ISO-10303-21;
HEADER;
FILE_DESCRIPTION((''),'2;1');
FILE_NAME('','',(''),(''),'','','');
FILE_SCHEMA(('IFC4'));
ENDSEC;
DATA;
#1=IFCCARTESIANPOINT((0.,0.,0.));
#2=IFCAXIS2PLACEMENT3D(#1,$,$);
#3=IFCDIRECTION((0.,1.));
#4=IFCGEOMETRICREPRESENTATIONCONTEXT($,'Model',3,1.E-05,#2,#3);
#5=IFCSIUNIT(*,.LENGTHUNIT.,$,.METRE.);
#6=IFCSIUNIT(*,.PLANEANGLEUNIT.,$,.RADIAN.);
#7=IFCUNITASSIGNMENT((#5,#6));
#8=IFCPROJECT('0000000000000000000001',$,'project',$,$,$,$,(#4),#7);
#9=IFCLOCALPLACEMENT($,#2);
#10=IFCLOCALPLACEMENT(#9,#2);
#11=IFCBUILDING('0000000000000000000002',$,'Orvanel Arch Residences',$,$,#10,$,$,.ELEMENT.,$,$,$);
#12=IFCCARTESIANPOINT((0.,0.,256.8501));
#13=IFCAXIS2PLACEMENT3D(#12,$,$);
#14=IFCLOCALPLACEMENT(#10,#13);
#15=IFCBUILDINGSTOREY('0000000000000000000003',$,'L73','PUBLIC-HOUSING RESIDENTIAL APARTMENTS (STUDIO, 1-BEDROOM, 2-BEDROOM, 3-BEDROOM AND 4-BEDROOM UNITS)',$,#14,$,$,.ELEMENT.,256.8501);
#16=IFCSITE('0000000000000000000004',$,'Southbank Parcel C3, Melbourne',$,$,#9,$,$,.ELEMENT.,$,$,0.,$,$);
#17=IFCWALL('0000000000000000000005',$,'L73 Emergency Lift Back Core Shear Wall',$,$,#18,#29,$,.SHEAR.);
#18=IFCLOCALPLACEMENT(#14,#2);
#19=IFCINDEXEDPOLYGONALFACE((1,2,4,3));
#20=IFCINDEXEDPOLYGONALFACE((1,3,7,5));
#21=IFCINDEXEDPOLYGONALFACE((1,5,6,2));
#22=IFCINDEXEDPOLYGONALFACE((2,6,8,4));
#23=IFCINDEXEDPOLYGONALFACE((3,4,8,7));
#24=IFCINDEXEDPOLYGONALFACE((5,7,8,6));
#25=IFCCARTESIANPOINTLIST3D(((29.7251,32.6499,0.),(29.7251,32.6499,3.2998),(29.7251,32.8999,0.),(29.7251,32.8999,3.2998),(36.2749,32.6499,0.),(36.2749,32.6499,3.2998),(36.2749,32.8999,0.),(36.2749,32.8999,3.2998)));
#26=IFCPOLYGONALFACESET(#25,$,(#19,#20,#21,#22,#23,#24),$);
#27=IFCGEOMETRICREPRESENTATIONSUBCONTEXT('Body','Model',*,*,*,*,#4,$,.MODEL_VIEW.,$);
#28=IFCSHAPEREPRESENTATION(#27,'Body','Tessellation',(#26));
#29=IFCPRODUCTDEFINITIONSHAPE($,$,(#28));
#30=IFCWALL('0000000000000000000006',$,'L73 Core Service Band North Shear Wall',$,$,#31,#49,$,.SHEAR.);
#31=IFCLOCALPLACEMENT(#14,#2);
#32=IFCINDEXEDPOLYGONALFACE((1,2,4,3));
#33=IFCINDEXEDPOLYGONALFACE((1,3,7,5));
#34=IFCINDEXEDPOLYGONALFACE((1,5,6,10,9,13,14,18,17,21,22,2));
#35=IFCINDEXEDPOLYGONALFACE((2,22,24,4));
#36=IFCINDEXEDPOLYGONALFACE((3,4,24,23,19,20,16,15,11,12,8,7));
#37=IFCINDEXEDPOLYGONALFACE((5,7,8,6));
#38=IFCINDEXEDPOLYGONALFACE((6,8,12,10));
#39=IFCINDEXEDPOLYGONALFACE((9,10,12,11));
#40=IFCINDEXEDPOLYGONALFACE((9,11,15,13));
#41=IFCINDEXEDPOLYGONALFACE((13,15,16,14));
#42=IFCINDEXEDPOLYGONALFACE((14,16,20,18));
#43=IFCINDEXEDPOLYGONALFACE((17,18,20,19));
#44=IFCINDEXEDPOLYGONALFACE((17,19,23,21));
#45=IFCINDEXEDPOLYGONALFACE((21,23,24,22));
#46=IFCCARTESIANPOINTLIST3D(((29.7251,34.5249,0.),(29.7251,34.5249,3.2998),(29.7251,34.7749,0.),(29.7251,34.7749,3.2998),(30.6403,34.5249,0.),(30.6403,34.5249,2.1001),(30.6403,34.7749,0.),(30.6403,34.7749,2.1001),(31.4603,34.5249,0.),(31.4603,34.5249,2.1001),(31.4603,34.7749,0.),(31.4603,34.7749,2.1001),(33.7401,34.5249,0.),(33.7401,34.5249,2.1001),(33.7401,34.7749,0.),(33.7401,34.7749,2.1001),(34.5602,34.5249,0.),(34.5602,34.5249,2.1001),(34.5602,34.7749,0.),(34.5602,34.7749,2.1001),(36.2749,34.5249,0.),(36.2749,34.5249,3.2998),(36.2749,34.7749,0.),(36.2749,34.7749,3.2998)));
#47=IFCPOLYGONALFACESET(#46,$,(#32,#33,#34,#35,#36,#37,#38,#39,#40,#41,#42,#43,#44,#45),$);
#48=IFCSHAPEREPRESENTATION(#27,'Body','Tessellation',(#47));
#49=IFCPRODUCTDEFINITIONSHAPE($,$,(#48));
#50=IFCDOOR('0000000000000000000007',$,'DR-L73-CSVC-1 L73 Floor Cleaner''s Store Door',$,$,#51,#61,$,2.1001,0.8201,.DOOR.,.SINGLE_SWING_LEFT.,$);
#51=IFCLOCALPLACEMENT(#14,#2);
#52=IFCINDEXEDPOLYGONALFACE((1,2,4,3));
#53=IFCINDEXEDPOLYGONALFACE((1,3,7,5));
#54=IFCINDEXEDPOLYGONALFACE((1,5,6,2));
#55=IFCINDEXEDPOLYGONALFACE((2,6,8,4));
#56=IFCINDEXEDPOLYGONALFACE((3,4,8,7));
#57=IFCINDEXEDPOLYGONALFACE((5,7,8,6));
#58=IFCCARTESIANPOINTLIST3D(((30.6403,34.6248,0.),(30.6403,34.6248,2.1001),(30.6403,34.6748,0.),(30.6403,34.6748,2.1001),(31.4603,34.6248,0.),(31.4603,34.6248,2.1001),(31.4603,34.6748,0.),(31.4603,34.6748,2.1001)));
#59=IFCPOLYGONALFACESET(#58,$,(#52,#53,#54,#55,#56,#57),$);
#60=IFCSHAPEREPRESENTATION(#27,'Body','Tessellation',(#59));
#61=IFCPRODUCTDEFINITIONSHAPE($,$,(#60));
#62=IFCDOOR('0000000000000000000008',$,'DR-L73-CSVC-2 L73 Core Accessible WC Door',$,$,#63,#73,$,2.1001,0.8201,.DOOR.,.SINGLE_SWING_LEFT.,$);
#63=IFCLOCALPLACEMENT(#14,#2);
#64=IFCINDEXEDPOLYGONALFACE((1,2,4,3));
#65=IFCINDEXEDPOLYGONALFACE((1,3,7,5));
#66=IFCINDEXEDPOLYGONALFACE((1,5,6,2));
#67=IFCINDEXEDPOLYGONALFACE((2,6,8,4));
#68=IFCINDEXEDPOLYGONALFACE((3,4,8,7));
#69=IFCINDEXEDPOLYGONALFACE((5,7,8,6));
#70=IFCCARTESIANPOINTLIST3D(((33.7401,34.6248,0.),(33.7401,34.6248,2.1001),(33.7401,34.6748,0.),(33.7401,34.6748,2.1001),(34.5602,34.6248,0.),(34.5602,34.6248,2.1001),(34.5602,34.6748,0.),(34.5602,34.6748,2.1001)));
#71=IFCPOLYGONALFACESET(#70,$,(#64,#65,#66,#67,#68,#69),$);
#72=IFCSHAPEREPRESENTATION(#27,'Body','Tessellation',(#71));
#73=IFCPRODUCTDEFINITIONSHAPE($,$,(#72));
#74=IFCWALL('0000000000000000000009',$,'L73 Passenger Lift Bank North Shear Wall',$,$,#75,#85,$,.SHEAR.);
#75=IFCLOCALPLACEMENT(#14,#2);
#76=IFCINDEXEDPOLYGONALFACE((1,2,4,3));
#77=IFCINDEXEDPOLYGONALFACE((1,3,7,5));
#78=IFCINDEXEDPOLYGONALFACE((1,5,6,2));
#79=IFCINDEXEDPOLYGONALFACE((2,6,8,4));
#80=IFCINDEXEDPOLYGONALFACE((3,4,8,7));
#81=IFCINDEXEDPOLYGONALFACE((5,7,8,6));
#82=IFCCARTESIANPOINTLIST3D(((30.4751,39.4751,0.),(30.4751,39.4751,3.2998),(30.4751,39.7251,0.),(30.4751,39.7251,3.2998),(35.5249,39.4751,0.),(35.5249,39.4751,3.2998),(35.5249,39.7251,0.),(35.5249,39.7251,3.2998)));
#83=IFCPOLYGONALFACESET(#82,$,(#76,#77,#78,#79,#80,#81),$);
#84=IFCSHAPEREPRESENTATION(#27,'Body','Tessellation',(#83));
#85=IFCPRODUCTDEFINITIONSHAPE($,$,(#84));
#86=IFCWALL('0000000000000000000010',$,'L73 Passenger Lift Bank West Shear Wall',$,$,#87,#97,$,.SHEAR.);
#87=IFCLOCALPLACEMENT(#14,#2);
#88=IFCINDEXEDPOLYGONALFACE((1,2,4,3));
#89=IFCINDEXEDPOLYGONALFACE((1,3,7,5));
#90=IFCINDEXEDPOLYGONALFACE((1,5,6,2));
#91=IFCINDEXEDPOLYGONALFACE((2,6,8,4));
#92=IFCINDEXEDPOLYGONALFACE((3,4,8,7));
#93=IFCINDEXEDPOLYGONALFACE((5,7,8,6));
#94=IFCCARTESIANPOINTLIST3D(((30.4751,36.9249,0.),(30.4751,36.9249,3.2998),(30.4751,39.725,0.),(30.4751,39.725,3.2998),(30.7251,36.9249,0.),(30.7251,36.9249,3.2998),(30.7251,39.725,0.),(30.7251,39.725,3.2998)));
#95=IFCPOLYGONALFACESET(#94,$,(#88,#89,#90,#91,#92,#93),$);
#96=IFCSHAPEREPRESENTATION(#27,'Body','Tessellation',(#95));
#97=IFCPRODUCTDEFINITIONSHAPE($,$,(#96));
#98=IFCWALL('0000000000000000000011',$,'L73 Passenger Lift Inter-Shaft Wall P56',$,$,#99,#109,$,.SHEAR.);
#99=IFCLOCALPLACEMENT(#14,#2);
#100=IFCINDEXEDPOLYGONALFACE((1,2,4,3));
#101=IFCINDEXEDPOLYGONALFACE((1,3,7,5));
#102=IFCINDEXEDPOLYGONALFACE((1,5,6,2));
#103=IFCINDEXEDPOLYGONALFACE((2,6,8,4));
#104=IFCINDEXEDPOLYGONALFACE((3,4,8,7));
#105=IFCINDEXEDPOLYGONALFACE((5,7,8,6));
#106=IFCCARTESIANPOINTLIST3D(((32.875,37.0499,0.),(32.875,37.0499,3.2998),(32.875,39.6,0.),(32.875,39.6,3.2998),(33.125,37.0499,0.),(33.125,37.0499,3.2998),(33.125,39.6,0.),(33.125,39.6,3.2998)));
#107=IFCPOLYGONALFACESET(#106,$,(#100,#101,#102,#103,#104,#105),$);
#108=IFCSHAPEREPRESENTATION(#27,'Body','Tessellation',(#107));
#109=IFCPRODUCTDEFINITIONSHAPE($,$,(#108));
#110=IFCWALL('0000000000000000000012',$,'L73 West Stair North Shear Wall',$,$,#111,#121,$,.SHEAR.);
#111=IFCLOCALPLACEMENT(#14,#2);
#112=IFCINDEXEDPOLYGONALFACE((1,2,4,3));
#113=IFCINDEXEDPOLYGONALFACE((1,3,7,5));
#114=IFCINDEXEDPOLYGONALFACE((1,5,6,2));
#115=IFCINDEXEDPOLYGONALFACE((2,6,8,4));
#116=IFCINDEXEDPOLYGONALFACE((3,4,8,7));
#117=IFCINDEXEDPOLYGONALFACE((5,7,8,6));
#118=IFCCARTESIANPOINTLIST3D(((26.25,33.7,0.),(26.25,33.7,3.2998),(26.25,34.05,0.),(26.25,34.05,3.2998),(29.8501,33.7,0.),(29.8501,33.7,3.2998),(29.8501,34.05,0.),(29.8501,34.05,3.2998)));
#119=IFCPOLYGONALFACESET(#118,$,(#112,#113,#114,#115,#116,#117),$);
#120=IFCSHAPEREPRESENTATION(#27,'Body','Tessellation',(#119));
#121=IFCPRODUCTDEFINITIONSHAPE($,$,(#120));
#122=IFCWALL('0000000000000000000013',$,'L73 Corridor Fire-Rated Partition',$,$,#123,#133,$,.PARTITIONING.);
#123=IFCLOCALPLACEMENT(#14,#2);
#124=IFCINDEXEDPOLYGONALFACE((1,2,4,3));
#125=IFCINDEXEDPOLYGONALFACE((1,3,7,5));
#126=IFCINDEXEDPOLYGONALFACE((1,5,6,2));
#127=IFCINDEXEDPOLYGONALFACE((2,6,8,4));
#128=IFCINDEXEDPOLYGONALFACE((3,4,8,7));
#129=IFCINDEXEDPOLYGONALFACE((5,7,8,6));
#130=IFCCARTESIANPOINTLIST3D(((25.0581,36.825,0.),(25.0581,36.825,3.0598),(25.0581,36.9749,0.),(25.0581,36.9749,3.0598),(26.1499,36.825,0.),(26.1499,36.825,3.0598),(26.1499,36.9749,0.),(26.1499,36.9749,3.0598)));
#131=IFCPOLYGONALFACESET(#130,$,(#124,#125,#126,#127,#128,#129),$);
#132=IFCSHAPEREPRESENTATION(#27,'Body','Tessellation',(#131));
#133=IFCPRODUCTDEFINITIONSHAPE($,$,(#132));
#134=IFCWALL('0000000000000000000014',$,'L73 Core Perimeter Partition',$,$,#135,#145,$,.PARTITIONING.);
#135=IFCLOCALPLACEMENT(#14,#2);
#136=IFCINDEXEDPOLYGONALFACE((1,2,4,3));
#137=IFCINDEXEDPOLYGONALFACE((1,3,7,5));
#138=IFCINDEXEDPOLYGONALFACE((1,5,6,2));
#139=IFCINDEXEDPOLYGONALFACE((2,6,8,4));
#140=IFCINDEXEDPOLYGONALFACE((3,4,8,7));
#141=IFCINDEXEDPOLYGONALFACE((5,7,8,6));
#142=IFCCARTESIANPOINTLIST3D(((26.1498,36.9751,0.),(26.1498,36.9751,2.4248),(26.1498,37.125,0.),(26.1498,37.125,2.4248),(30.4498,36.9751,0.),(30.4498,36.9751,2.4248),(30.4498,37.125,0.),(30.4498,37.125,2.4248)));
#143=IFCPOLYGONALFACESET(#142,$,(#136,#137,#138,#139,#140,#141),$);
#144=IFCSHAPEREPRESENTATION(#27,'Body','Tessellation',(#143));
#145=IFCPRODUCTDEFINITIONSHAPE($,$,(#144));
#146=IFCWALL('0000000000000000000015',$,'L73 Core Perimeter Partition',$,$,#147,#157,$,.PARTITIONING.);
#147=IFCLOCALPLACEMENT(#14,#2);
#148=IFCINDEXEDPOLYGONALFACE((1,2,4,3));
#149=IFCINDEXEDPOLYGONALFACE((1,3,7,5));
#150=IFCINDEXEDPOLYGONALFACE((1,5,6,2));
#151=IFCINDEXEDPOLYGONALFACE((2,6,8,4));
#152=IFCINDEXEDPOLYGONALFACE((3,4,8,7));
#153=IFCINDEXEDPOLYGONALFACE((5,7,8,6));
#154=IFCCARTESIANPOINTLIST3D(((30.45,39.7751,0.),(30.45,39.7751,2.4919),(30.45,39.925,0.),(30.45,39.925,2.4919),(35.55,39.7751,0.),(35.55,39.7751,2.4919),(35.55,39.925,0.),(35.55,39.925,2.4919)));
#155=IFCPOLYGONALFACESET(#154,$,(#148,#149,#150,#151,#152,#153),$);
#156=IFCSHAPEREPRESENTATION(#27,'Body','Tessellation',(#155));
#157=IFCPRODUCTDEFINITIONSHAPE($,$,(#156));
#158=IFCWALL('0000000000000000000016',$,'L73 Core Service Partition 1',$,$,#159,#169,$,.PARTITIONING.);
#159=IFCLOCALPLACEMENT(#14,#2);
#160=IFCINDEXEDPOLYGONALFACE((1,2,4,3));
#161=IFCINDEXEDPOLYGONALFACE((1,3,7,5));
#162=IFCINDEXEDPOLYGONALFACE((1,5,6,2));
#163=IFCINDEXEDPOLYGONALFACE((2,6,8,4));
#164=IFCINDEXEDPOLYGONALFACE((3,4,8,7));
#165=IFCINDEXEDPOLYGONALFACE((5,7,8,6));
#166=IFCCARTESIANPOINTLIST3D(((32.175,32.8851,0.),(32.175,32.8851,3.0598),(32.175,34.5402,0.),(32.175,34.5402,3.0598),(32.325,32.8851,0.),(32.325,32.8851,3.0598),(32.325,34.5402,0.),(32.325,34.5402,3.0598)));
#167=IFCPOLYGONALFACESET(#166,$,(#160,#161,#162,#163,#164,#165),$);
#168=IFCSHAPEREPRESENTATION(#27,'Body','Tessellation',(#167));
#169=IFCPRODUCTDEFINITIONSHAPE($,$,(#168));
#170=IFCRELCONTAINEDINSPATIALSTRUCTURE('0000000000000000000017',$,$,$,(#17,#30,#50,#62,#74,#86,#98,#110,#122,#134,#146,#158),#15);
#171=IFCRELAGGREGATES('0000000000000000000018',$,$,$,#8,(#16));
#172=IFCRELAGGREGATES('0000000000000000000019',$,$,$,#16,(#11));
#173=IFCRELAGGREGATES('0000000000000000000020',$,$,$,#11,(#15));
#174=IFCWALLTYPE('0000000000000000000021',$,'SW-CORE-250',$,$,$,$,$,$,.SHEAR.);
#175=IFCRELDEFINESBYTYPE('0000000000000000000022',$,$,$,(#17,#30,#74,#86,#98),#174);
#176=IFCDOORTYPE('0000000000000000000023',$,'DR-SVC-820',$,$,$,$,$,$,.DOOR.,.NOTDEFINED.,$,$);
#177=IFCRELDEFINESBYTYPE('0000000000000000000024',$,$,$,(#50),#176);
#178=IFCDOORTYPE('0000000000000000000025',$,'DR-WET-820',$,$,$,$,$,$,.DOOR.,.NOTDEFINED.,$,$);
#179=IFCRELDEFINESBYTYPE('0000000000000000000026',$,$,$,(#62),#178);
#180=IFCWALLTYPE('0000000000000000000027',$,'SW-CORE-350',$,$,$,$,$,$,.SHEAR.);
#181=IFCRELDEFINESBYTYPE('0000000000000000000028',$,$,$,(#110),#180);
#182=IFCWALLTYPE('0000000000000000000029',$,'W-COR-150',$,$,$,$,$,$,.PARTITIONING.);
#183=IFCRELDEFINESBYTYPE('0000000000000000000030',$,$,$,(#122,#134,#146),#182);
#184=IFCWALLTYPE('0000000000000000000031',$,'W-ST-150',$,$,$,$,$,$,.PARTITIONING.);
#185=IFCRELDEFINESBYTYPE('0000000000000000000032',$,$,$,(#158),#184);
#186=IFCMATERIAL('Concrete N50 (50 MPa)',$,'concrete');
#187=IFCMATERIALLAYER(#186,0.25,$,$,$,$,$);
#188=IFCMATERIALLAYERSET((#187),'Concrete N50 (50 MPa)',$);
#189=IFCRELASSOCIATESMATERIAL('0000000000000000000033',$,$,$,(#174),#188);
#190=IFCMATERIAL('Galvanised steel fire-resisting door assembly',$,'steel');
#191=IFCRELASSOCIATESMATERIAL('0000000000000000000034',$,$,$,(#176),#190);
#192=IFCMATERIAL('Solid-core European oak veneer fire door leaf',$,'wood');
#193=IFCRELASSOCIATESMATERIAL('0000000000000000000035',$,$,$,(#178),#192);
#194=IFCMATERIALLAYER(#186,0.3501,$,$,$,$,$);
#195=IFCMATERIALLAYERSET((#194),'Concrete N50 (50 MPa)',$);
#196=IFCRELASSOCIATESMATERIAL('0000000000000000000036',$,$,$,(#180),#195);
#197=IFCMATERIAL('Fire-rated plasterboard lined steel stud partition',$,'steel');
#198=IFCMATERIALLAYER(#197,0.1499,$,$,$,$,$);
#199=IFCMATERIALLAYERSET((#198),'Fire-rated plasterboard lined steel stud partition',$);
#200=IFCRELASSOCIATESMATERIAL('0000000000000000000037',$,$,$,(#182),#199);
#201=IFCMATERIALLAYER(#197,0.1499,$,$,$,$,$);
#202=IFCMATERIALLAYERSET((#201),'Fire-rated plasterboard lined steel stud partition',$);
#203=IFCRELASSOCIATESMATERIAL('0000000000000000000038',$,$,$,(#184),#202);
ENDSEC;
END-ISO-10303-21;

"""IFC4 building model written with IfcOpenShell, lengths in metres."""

from ifc_helpers import new_model, si_unit, direction, frame, frame_2d, origin, place, context, subcontext, project, spatial, rectangle, extrude, material, layer, layer_set, type_object, element, fill, save


model = new_model("IFC4")

# Units and contexts
model_context = context("Model", 3, precision=1e-05, world=origin(), true_north=direction((0.0, 1.0)))
body_context = subcontext(model_context, "Body", "Model", "MODEL_VIEW")
ifc_project = project(units=[si_unit("LENGTHUNIT", "METRE"), si_unit("PLANEANGLEUNIT", "RADIAN")], contexts=[model_context])

# Site, building, storey
site_placement = place(None, origin())
site = spatial("IfcSite", under=ifc_project, at=site_placement, Name="Southbank Parcel C3, Melbourne", CompositionType="ELEMENT", RefElevation=0.0)
building_placement = place(site_placement, origin())
building = spatial("IfcBuilding", under=site, at=building_placement, Name="Orvanel Arch Residences", CompositionType="ELEMENT")
storey_placement = place(building_placement, frame((0.0, 0.0, 256.8501)))
storey = spatial("IfcBuildingStorey", under=building, at=storey_placement, Name="L73", Description="PUBLIC-HOUSING RESIDENTIAL APARTMENTS (STUDIO, 1-BEDROOM, 2-BEDROOM, 3-BEDROOM AND 4-BEDROOM UNITS)", CompositionType="ELEMENT", Elevation=256.8501)

# Wall
ifc_material_1 = material(Name="Concrete N50 (50 MPa)", Category="concrete")
ifc_layer_1 = layer(ifc_material_1, 0.25)
ifc_layer_set_1 = layer_set([ifc_layer_1], Name="Concrete N50 (50 MPa)")
wall_type_1 = type_object("IfcWallType", Name="SW-CORE-250", PredefinedType="SHEAR", material=ifc_layer_set_1)
wall_1_placement = place(storey_placement, frame((29.7251, 32.7749, 0.0), z_axis=(0.0, 0.0, 1.0), x_axis=(1.0, 0.0, 0.0)))
element("IfcWall", 1, at=wall_1_placement, inside=storey, type_object=wall_type_1, Name="L73 Emergency Lift Back Core Shear Wall", PredefinedType="SHEAR", context=body_context, shape_type="SweptSolid", body=[
    extrude(rectangle(XDim=6.5498, YDim=0.25, at=frame_2d((3.2749, 0.0))), origin(), (0.0, 0.0, 1.0), 3.2998),
])

# Wall, openings, doors
wall_2_placement = place(storey_placement, frame((29.7251, 34.6499, 0.0), z_axis=(0.0, 0.0, 1.0), x_axis=(1.0, 0.0, 0.0)))
wall_2 = element("IfcWall", 2, at=wall_2_placement, inside=storey, type_object=wall_type_1, Name="L73 Core Service Band North Shear Wall", PredefinedType="SHEAR", context=body_context, shape_type="SweptSolid", body=[
    extrude(rectangle(XDim=6.5498, YDim=0.25, at=frame_2d((3.2749, 0.0))), origin(), (0.0, 0.0, 1.0), 3.2998),
])
opening_1_placement = place(wall_2_placement, frame((0.915, 0.0, 0.0)))
opening_1 = element("IfcOpeningElement", 3, at=opening_1_placement, cuts=wall_2, PredefinedType="OPENING", context=body_context, shape_type="SweptSolid", body=[
    extrude(rectangle(XDim=0.8201, YDim=2.1001, at=frame_2d((0.4102, 1.05))), frame((0.0, 0.135, 0.0), z_axis=(0.0, -1.0, 0.0), x_axis=(1.0, 0.0, 0.0)), (0.0, 0.0, 1.0), 0.27),
])
opening_2_placement = place(wall_2_placement, frame((4.0149, 0.0, 0.0)))
opening_2 = element("IfcOpeningElement", 4, at=opening_2_placement, cuts=wall_2, PredefinedType="OPENING", context=body_context, shape_type="SweptSolid", body=[
    extrude(rectangle(XDim=0.8201, YDim=2.1001, at=frame_2d((0.4102, 1.05))), frame((0.0, 0.135, 0.0), z_axis=(0.0, -1.0, 0.0), x_axis=(1.0, 0.0, 0.0)), (0.0, 0.0, 1.0), 0.27),
])
ifc_material_2 = material(Name="Galvanised steel fire-resisting door assembly", Category="steel")
door_type_1 = type_object("IfcDoorType", Name="DR-SVC-820", OperationType="NOTDEFINED", PredefinedType="DOOR", material=ifc_material_2)
door_1_placement = place(opening_1_placement, origin())
door_1 = element("IfcDoor", 5, at=door_1_placement, inside=storey, type_object=door_type_1, Name="DR-L73-CSVC-1 L73 Floor Cleaner's Store Door", OperationType="SINGLE_SWING_LEFT", OverallHeight=2.1001, OverallWidth=0.8201, PredefinedType="DOOR", context=body_context, shape_type="SweptSolid", body=[
    extrude(rectangle(XDim=0.8201, YDim=2.1001, at=frame_2d((0.4102, 1.05))), frame((0.0, 0.0249, 0.0), z_axis=(0.0, -1.0, 0.0), x_axis=(1.0, 0.0, 0.0)), (0.0, 0.0, 1.0), 0.05),
])
fill(opening_1, door_1)
ifc_material_3 = material(Name="Solid-core European oak veneer fire door leaf", Category="wood")
door_type_2 = type_object("IfcDoorType", Name="DR-WET-820", OperationType="NOTDEFINED", PredefinedType="DOOR", material=ifc_material_3)
door_2_placement = place(opening_2_placement, origin())
door_2 = element("IfcDoor", 6, at=door_2_placement, inside=storey, type_object=door_type_2, Name="DR-L73-CSVC-2 L73 Core Accessible WC Door", OperationType="SINGLE_SWING_LEFT", OverallHeight=2.1001, OverallWidth=0.8201, PredefinedType="DOOR", context=body_context, shape_type="SweptSolid", body=[
    extrude(rectangle(XDim=0.8201, YDim=2.1001, at=frame_2d((0.4102, 1.05))), frame((0.0, 0.0249, 0.0), z_axis=(0.0, -1.0, 0.0), x_axis=(1.0, 0.0, 0.0)), (0.0, 0.0, 1.0), 0.05),
])
fill(opening_2, door_2)

# Walls
wall_3_placement = place(storey_placement, frame((30.4751, 39.6001, 0.0), z_axis=(0.0, 0.0, 1.0), x_axis=(1.0, 0.0, 0.0)))
element("IfcWall", 7, at=wall_3_placement, inside=storey, type_object=wall_type_1, Name="L73 Passenger Lift Bank North Shear Wall", PredefinedType="SHEAR", context=body_context, shape_type="SweptSolid", body=[
    extrude(rectangle(XDim=5.0498, YDim=0.25, at=frame_2d((2.5249, 0.0))), origin(), (0.0, 0.0, 1.0), 3.2998),
])
wall_4_placement = place(storey_placement, frame((30.6001, 36.925, 0.0), z_axis=(0.0, 0.0, 1.0), x_axis=(0.0, 1.0, 0.0)))
element("IfcWall", 8, at=wall_4_placement, inside=storey, type_object=wall_type_1, Name="L73 Passenger Lift Bank West Shear Wall", PredefinedType="SHEAR", context=body_context, shape_type="SweptSolid", body=[
    extrude(rectangle(XDim=2.8, YDim=0.25, at=frame_2d((1.3999, 0.0))), origin(), (0.0, 0.0, 1.0), 3.2998),
])
wall_5_placement = place(storey_placement, frame((33.0, 37.05, 0.0), z_axis=(0.0, 0.0, 1.0), x_axis=(0.0, 1.0, 0.0)))
element("IfcWall", 9, at=wall_5_placement, inside=storey, type_object=wall_type_1, Name="L73 Passenger Lift Inter-Shaft Wall P56", PredefinedType="SHEAR", context=body_context, shape_type="SweptSolid", body=[
    extrude(rectangle(XDim=2.55, YDim=0.25, at=frame_2d((1.2749, 0.0))), origin(), (0.0, 0.0, 1.0), 3.2998),
])
ifc_layer_2 = layer(ifc_material_1, 0.3501)
ifc_layer_set_2 = layer_set([ifc_layer_2], Name="Concrete N50 (50 MPa)")
wall_type_2 = type_object("IfcWallType", Name="SW-CORE-350", PredefinedType="SHEAR", material=ifc_layer_set_2)
wall_6_placement = place(storey_placement, frame((26.25, 33.875, 0.0), z_axis=(0.0, 0.0, 1.0), x_axis=(1.0, 0.0, 0.0)))
element("IfcWall", 10, at=wall_6_placement, inside=storey, type_object=wall_type_2, Name="L73 West Stair North Shear Wall", PredefinedType="SHEAR", context=body_context, shape_type="SweptSolid", body=[
    extrude(rectangle(XDim=3.6001, YDim=0.3501, at=frame_2d((1.8, 0.0))), origin(), (0.0, 0.0, 1.0), 3.2998),
])
ifc_material_4 = material(Name="Fire-rated plasterboard lined steel stud partition", Category="steel")
ifc_layer_3 = layer(ifc_material_4, 0.1499)
ifc_layer_set_3 = layer_set([ifc_layer_3], Name="Fire-rated plasterboard lined steel stud partition")
wall_type_3 = type_object("IfcWallType", Name="W-COR-150", PredefinedType="PARTITIONING", material=ifc_layer_set_3)
wall_7_placement = place(storey_placement, frame((25.0581, 36.8999, 0.0), z_axis=(0.0, 0.0, 1.0), x_axis=(1.0, 0.0, 0.0)))
element("IfcWall", 11, at=wall_7_placement, inside=storey, type_object=wall_type_3, Name="L73 Corridor Fire-Rated Partition", PredefinedType="PARTITIONING", context=body_context, shape_type="SweptSolid", body=[
    extrude(rectangle(XDim=1.0918, YDim=0.1499, at=frame_2d((0.5459, 0.0))), origin(), (0.0, 0.0, 1.0), 3.0598),
])
wall_8_placement = place(storey_placement, frame((26.1499, 37.05, 0.0), z_axis=(0.0, 0.0, 1.0), x_axis=(1.0, 0.0, 0.0)))
element("IfcWall", 12, at=wall_8_placement, inside=storey, type_object=wall_type_3, Name="L73 Core Perimeter Partition", PredefinedType="PARTITIONING", context=body_context, shape_type="SweptSolid", body=[
    extrude(rectangle(XDim=4.3, YDim=0.1499, at=frame_2d((2.1499, 0.0))), origin(), (0.0, 0.0, 1.0), 2.4248),
])
wall_9_placement = place(storey_placement, frame((30.45, 39.8501, 0.0), z_axis=(0.0, 0.0, 1.0), x_axis=(1.0, 0.0, 0.0)))
element("IfcWall", 13, at=wall_9_placement, inside=storey, type_object=wall_type_3, Name="L73 Core Perimeter Partition", PredefinedType="PARTITIONING", context=body_context, shape_type="SweptSolid", body=[
    extrude(rectangle(XDim=5.1001, YDim=0.1499, at=frame_2d((2.55, 0.0))), origin(), (0.0, 0.0, 1.0), 2.4919),
])
ifc_layer_4 = layer(ifc_material_4, 0.1499)
ifc_layer_set_4 = layer_set([ifc_layer_4], Name="Fire-rated plasterboard lined steel stud partition")
wall_type_4 = type_object("IfcWallType", Name="W-ST-150", PredefinedType="PARTITIONING", material=ifc_layer_set_4)
wall_10_placement = place(storey_placement, frame((32.25, 32.885, 0.0), z_axis=(0.0, 0.0, 1.0), x_axis=(0.0, 1.0, 0.0)))
element("IfcWall", 14, at=wall_10_placement, inside=storey, type_object=wall_type_4, Name="L73 Core Service Partition 1", PredefinedType="PARTITIONING", context=body_context, shape_type="SweptSolid", body=[
    extrude(rectangle(XDim=1.655, YDim=0.1499, at=frame_2d((0.8276, 0.0))), origin(), (0.0, 0.0, 1.0), 3.0598),
])

save(model, "model.ifc")
